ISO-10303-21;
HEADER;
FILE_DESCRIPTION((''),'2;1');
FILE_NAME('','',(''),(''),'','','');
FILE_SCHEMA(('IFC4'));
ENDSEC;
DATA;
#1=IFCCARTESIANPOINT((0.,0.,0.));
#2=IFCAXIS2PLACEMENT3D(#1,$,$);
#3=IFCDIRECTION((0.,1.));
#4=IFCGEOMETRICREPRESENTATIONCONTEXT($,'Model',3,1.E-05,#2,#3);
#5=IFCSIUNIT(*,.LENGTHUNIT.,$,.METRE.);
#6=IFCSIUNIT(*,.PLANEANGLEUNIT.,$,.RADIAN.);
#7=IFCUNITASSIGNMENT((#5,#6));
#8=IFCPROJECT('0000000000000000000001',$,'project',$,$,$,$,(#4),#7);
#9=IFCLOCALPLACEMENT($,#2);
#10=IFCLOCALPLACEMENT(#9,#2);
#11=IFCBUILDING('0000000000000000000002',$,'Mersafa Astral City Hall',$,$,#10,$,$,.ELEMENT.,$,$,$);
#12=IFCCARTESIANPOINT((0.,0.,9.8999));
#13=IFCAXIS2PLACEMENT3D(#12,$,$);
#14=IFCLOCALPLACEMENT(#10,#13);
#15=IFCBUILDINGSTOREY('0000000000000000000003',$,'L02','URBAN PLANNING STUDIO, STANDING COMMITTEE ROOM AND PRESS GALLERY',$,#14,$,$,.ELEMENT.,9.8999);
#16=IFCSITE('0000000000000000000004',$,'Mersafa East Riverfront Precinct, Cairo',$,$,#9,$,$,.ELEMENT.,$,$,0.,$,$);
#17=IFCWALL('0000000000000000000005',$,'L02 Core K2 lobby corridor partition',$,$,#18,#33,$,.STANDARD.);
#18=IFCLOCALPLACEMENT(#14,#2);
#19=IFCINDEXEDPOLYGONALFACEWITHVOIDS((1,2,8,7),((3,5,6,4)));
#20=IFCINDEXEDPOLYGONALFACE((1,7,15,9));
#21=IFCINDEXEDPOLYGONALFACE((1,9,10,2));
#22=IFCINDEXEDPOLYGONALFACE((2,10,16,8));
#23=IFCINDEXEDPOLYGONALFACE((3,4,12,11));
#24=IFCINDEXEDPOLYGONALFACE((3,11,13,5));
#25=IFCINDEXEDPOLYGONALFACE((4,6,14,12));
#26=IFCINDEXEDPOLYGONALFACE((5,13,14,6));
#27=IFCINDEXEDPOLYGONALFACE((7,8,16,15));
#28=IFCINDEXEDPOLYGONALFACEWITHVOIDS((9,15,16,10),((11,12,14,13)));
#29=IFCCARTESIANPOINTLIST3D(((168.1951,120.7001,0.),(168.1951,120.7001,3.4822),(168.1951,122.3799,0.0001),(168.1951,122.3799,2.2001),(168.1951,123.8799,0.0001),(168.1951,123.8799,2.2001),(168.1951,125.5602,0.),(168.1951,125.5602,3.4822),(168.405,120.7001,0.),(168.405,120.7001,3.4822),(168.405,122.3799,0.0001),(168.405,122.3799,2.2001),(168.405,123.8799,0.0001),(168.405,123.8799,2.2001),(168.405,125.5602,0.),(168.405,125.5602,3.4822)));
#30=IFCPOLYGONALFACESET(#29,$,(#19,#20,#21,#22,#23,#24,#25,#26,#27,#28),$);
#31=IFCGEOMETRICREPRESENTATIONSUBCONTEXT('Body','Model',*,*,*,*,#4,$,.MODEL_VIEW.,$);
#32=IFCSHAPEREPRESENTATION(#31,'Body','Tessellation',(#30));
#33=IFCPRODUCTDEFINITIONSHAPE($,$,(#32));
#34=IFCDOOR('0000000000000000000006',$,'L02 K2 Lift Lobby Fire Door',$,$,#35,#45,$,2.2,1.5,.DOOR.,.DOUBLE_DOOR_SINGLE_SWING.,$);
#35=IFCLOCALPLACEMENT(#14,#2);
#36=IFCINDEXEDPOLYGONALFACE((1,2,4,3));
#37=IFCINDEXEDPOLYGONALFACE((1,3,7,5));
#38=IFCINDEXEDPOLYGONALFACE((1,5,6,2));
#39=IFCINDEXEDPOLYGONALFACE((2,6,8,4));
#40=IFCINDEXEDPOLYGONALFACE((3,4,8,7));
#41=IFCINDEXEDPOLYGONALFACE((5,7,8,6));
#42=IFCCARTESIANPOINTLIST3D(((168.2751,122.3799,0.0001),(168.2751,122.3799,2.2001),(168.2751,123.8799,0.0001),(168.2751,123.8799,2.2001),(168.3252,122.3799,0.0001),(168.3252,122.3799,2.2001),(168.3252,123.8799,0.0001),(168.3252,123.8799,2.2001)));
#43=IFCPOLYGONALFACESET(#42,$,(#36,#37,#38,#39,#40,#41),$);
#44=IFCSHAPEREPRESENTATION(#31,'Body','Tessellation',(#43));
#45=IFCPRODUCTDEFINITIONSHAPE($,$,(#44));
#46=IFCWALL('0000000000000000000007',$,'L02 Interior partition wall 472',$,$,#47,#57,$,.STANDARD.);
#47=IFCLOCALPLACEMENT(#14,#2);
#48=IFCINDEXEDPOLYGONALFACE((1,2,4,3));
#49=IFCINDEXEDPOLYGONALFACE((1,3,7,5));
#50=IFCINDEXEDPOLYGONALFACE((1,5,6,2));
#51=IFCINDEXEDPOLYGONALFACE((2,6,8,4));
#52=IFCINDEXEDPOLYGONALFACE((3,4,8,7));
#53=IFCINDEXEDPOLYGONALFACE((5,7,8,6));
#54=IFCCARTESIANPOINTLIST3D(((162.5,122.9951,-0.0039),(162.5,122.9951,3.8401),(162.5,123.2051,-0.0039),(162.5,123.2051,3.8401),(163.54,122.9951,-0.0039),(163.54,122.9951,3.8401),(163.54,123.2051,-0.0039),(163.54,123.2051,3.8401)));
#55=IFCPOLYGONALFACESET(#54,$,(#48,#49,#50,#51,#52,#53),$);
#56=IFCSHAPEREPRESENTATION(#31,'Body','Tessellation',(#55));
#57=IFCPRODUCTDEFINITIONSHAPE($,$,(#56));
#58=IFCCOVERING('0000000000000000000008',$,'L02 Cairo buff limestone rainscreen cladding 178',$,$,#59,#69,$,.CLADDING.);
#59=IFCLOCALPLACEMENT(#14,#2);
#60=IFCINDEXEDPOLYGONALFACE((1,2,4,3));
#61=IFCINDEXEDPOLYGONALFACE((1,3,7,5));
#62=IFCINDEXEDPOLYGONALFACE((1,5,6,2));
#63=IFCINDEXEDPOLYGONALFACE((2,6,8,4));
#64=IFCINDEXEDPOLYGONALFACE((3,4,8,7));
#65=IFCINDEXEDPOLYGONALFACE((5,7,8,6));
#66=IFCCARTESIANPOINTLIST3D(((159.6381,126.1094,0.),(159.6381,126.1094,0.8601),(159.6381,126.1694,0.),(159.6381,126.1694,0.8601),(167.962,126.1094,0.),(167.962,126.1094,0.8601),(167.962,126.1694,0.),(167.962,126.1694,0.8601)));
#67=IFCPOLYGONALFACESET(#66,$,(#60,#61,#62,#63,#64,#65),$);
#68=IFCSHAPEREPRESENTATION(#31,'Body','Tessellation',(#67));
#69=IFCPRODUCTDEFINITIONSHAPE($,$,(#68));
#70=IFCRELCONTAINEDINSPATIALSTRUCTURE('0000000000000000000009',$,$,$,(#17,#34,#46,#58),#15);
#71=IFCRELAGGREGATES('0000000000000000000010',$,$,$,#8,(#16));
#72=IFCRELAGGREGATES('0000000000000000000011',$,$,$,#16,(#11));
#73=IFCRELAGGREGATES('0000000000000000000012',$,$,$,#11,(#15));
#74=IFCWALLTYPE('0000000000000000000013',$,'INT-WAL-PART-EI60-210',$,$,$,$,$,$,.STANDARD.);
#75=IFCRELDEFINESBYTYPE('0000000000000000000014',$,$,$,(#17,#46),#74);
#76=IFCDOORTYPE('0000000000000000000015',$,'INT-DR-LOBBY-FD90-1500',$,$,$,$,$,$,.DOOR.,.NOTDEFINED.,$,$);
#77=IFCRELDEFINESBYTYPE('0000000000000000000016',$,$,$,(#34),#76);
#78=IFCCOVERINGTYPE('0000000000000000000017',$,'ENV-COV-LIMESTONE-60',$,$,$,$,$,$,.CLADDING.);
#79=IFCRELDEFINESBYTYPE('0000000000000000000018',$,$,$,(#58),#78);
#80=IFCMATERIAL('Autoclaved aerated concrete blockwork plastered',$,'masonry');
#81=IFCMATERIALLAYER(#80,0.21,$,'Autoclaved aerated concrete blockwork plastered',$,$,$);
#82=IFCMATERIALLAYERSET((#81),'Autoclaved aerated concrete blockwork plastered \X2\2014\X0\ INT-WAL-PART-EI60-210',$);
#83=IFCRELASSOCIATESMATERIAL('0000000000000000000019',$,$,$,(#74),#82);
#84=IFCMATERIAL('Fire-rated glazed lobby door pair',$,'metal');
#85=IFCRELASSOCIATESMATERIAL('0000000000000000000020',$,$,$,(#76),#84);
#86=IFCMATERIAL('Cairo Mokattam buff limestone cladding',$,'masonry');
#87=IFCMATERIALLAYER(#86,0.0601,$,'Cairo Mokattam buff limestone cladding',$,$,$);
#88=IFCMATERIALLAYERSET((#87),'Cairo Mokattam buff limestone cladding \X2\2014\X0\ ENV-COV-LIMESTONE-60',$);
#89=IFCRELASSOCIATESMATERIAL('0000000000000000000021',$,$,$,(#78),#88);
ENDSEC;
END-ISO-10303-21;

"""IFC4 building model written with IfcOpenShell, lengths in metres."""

from ifc_helpers import new_model, si_unit, direction, frame, frame_2d, origin, origin_2d, place, context, subcontext, project, spatial, rectangle, extrude, material, layer, layer_set, type_object, element, fill, save


model = new_model("IFC4")

# Units and contexts
model_context = context("Model", 3, precision=1e-05, world=origin(), true_north=direction((0.0, 1.0)))
body_context = subcontext(model_context, "Body", "Model", "MODEL_VIEW")
ifc_project = project(units=[si_unit("LENGTHUNIT", "METRE"), si_unit("PLANEANGLEUNIT", "RADIAN")], contexts=[model_context])

# Site, building, storey
site_placement = place(None, origin())
site = spatial("IfcSite", under=ifc_project, at=site_placement, Name="Mersafa East Riverfront Precinct, Cairo", CompositionType="ELEMENT", RefElevation=0.0)
building_placement = place(site_placement, origin())
building = spatial("IfcBuilding", under=site, at=building_placement, Name="Mersafa Astral City Hall", CompositionType="ELEMENT")
storey_placement = place(building_placement, frame((0.0, 0.0, 9.8999)))
storey = spatial("IfcBuildingStorey", under=building, at=storey_placement, Name="L02", Description="URBAN PLANNING STUDIO, STANDING COMMITTEE ROOM AND PRESS GALLERY", CompositionType="ELEMENT", Elevation=9.8999)

# Wall, opening, door
ifc_material_1 = material(Name="Autoclaved aerated concrete blockwork plastered", Category="masonry")
ifc_layer_1 = layer(ifc_material_1, 0.21, Name="Autoclaved aerated concrete blockwork plastered")
ifc_layer_set_1 = layer_set([ifc_layer_1], Name="Autoclaved aerated concrete blockwork plastered — INT-WAL-PART-EI60-210")
wall_type_1 = type_object("IfcWallType", Name="INT-WAL-PART-EI60-210", PredefinedType="STANDARD", material=ifc_layer_set_1)
wall_1_placement = place(storey_placement, frame((168.3, 120.7, 0.0), z_axis=(0.0, 0.0, 1.0), x_axis=(0.0, 1.0, 0.0)))
wall_1 = element("IfcWall", 1, at=wall_1_placement, inside=storey, type_object=wall_type_1, Name="L02 Core K2 lobby corridor partition", PredefinedType="STANDARD", context=body_context, shape_type="SweptSolid", body=[
    extrude(rectangle(XDim=4.8601, YDim=0.21, at=frame_2d((2.4302, 0.0))), origin(), (0.0, 0.0, 1.0), 3.4822),
])
opening_1_placement = place(wall_1_placement, frame((1.6799, 0.0, 0.0)))
opening_1 = element("IfcOpeningElement", 2, at=opening_1_placement, cuts=wall_1, PredefinedType="OPENING", context=body_context, shape_type="SweptSolid", body=[
    extrude(rectangle(XDim=1.5, YDim=2.2, at=frame_2d((0.75, 1.1001))), frame((0.0, 0.115, 0.0), z_axis=(0.0, -1.0, 0.0), x_axis=(1.0, 0.0, 0.0)), (0.0, 0.0, 1.0), 0.23),
])
ifc_material_2 = material(Name="Fire-rated glazed lobby door pair", Category="metal")
door_type_1 = type_object("IfcDoorType", Name="INT-DR-LOBBY-FD90-1500", OperationType="NOTDEFINED", PredefinedType="DOOR", material=ifc_material_2)
door_1_placement = place(opening_1_placement, origin())
door_1 = element("IfcDoor", 3, at=door_1_placement, inside=storey, type_object=door_type_1, Name="L02 K2 Lift Lobby Fire Door", OperationType="DOUBLE_DOOR_SINGLE_SWING", OverallHeight=2.2, OverallWidth=1.5, PredefinedType="DOOR", context=body_context, shape_type="SweptSolid", body=[
    extrude(rectangle(XDim=1.5, YDim=2.2, at=frame_2d((0.75, 1.1001))), frame((0.0, 0.0249, 0.0), z_axis=(0.0, -1.0, 0.0), x_axis=(1.0, 0.0, 0.0)), (0.0, 0.0, 1.0), 0.05),
])
fill(opening_1, door_1)

# Wall
wall_2_placement = place(storey_placement, frame((162.5, 123.1001, -0.0039), z_axis=(0.0, 0.0, 1.0), x_axis=(1.0, 0.0, 0.0)))
element("IfcWall", 4, at=wall_2_placement, inside=storey, type_object=wall_type_1, Name="L02 Interior partition wall 472", PredefinedType="STANDARD", context=body_context, shape_type="SweptSolid", body=[
    extrude(rectangle(XDim=1.04, YDim=0.21, at=frame_2d((0.52, 0.0))), origin(), (0.0, 0.0, 1.0), 3.844),
])

# Covering
ifc_material_3 = material(Name="Cairo Mokattam buff limestone cladding", Category="masonry")
ifc_layer_2 = layer(ifc_material_3, 0.0601, Name="Cairo Mokattam buff limestone cladding")
ifc_layer_set_2 = layer_set([ifc_layer_2], Name="Cairo Mokattam buff limestone cladding — ENV-COV-LIMESTONE-60")
covering_type = type_object("IfcCoveringType", Name="ENV-COV-LIMESTONE-60", PredefinedType="CLADDING", material=ifc_layer_set_2)
covering_placement = place(storey_placement, frame((163.8, 126.1394, 0.0), z_axis=(0.0, 0.0, 1.0), x_axis=(-1.0, 0.0, 0.0)))
element("IfcCovering", 5, at=covering_placement, inside=storey, type_object=covering_type, Name="L02 Cairo buff limestone rainscreen cladding 178", PredefinedType="CLADDING", context=body_context, shape_type="SweptSolid", body=[
    extrude(rectangle(XDim=8.324, YDim=0.0601, at=origin_2d()), origin(), (0.0, 0.0, 1.0), 0.8601),
])

save(model, "model.ifc")
